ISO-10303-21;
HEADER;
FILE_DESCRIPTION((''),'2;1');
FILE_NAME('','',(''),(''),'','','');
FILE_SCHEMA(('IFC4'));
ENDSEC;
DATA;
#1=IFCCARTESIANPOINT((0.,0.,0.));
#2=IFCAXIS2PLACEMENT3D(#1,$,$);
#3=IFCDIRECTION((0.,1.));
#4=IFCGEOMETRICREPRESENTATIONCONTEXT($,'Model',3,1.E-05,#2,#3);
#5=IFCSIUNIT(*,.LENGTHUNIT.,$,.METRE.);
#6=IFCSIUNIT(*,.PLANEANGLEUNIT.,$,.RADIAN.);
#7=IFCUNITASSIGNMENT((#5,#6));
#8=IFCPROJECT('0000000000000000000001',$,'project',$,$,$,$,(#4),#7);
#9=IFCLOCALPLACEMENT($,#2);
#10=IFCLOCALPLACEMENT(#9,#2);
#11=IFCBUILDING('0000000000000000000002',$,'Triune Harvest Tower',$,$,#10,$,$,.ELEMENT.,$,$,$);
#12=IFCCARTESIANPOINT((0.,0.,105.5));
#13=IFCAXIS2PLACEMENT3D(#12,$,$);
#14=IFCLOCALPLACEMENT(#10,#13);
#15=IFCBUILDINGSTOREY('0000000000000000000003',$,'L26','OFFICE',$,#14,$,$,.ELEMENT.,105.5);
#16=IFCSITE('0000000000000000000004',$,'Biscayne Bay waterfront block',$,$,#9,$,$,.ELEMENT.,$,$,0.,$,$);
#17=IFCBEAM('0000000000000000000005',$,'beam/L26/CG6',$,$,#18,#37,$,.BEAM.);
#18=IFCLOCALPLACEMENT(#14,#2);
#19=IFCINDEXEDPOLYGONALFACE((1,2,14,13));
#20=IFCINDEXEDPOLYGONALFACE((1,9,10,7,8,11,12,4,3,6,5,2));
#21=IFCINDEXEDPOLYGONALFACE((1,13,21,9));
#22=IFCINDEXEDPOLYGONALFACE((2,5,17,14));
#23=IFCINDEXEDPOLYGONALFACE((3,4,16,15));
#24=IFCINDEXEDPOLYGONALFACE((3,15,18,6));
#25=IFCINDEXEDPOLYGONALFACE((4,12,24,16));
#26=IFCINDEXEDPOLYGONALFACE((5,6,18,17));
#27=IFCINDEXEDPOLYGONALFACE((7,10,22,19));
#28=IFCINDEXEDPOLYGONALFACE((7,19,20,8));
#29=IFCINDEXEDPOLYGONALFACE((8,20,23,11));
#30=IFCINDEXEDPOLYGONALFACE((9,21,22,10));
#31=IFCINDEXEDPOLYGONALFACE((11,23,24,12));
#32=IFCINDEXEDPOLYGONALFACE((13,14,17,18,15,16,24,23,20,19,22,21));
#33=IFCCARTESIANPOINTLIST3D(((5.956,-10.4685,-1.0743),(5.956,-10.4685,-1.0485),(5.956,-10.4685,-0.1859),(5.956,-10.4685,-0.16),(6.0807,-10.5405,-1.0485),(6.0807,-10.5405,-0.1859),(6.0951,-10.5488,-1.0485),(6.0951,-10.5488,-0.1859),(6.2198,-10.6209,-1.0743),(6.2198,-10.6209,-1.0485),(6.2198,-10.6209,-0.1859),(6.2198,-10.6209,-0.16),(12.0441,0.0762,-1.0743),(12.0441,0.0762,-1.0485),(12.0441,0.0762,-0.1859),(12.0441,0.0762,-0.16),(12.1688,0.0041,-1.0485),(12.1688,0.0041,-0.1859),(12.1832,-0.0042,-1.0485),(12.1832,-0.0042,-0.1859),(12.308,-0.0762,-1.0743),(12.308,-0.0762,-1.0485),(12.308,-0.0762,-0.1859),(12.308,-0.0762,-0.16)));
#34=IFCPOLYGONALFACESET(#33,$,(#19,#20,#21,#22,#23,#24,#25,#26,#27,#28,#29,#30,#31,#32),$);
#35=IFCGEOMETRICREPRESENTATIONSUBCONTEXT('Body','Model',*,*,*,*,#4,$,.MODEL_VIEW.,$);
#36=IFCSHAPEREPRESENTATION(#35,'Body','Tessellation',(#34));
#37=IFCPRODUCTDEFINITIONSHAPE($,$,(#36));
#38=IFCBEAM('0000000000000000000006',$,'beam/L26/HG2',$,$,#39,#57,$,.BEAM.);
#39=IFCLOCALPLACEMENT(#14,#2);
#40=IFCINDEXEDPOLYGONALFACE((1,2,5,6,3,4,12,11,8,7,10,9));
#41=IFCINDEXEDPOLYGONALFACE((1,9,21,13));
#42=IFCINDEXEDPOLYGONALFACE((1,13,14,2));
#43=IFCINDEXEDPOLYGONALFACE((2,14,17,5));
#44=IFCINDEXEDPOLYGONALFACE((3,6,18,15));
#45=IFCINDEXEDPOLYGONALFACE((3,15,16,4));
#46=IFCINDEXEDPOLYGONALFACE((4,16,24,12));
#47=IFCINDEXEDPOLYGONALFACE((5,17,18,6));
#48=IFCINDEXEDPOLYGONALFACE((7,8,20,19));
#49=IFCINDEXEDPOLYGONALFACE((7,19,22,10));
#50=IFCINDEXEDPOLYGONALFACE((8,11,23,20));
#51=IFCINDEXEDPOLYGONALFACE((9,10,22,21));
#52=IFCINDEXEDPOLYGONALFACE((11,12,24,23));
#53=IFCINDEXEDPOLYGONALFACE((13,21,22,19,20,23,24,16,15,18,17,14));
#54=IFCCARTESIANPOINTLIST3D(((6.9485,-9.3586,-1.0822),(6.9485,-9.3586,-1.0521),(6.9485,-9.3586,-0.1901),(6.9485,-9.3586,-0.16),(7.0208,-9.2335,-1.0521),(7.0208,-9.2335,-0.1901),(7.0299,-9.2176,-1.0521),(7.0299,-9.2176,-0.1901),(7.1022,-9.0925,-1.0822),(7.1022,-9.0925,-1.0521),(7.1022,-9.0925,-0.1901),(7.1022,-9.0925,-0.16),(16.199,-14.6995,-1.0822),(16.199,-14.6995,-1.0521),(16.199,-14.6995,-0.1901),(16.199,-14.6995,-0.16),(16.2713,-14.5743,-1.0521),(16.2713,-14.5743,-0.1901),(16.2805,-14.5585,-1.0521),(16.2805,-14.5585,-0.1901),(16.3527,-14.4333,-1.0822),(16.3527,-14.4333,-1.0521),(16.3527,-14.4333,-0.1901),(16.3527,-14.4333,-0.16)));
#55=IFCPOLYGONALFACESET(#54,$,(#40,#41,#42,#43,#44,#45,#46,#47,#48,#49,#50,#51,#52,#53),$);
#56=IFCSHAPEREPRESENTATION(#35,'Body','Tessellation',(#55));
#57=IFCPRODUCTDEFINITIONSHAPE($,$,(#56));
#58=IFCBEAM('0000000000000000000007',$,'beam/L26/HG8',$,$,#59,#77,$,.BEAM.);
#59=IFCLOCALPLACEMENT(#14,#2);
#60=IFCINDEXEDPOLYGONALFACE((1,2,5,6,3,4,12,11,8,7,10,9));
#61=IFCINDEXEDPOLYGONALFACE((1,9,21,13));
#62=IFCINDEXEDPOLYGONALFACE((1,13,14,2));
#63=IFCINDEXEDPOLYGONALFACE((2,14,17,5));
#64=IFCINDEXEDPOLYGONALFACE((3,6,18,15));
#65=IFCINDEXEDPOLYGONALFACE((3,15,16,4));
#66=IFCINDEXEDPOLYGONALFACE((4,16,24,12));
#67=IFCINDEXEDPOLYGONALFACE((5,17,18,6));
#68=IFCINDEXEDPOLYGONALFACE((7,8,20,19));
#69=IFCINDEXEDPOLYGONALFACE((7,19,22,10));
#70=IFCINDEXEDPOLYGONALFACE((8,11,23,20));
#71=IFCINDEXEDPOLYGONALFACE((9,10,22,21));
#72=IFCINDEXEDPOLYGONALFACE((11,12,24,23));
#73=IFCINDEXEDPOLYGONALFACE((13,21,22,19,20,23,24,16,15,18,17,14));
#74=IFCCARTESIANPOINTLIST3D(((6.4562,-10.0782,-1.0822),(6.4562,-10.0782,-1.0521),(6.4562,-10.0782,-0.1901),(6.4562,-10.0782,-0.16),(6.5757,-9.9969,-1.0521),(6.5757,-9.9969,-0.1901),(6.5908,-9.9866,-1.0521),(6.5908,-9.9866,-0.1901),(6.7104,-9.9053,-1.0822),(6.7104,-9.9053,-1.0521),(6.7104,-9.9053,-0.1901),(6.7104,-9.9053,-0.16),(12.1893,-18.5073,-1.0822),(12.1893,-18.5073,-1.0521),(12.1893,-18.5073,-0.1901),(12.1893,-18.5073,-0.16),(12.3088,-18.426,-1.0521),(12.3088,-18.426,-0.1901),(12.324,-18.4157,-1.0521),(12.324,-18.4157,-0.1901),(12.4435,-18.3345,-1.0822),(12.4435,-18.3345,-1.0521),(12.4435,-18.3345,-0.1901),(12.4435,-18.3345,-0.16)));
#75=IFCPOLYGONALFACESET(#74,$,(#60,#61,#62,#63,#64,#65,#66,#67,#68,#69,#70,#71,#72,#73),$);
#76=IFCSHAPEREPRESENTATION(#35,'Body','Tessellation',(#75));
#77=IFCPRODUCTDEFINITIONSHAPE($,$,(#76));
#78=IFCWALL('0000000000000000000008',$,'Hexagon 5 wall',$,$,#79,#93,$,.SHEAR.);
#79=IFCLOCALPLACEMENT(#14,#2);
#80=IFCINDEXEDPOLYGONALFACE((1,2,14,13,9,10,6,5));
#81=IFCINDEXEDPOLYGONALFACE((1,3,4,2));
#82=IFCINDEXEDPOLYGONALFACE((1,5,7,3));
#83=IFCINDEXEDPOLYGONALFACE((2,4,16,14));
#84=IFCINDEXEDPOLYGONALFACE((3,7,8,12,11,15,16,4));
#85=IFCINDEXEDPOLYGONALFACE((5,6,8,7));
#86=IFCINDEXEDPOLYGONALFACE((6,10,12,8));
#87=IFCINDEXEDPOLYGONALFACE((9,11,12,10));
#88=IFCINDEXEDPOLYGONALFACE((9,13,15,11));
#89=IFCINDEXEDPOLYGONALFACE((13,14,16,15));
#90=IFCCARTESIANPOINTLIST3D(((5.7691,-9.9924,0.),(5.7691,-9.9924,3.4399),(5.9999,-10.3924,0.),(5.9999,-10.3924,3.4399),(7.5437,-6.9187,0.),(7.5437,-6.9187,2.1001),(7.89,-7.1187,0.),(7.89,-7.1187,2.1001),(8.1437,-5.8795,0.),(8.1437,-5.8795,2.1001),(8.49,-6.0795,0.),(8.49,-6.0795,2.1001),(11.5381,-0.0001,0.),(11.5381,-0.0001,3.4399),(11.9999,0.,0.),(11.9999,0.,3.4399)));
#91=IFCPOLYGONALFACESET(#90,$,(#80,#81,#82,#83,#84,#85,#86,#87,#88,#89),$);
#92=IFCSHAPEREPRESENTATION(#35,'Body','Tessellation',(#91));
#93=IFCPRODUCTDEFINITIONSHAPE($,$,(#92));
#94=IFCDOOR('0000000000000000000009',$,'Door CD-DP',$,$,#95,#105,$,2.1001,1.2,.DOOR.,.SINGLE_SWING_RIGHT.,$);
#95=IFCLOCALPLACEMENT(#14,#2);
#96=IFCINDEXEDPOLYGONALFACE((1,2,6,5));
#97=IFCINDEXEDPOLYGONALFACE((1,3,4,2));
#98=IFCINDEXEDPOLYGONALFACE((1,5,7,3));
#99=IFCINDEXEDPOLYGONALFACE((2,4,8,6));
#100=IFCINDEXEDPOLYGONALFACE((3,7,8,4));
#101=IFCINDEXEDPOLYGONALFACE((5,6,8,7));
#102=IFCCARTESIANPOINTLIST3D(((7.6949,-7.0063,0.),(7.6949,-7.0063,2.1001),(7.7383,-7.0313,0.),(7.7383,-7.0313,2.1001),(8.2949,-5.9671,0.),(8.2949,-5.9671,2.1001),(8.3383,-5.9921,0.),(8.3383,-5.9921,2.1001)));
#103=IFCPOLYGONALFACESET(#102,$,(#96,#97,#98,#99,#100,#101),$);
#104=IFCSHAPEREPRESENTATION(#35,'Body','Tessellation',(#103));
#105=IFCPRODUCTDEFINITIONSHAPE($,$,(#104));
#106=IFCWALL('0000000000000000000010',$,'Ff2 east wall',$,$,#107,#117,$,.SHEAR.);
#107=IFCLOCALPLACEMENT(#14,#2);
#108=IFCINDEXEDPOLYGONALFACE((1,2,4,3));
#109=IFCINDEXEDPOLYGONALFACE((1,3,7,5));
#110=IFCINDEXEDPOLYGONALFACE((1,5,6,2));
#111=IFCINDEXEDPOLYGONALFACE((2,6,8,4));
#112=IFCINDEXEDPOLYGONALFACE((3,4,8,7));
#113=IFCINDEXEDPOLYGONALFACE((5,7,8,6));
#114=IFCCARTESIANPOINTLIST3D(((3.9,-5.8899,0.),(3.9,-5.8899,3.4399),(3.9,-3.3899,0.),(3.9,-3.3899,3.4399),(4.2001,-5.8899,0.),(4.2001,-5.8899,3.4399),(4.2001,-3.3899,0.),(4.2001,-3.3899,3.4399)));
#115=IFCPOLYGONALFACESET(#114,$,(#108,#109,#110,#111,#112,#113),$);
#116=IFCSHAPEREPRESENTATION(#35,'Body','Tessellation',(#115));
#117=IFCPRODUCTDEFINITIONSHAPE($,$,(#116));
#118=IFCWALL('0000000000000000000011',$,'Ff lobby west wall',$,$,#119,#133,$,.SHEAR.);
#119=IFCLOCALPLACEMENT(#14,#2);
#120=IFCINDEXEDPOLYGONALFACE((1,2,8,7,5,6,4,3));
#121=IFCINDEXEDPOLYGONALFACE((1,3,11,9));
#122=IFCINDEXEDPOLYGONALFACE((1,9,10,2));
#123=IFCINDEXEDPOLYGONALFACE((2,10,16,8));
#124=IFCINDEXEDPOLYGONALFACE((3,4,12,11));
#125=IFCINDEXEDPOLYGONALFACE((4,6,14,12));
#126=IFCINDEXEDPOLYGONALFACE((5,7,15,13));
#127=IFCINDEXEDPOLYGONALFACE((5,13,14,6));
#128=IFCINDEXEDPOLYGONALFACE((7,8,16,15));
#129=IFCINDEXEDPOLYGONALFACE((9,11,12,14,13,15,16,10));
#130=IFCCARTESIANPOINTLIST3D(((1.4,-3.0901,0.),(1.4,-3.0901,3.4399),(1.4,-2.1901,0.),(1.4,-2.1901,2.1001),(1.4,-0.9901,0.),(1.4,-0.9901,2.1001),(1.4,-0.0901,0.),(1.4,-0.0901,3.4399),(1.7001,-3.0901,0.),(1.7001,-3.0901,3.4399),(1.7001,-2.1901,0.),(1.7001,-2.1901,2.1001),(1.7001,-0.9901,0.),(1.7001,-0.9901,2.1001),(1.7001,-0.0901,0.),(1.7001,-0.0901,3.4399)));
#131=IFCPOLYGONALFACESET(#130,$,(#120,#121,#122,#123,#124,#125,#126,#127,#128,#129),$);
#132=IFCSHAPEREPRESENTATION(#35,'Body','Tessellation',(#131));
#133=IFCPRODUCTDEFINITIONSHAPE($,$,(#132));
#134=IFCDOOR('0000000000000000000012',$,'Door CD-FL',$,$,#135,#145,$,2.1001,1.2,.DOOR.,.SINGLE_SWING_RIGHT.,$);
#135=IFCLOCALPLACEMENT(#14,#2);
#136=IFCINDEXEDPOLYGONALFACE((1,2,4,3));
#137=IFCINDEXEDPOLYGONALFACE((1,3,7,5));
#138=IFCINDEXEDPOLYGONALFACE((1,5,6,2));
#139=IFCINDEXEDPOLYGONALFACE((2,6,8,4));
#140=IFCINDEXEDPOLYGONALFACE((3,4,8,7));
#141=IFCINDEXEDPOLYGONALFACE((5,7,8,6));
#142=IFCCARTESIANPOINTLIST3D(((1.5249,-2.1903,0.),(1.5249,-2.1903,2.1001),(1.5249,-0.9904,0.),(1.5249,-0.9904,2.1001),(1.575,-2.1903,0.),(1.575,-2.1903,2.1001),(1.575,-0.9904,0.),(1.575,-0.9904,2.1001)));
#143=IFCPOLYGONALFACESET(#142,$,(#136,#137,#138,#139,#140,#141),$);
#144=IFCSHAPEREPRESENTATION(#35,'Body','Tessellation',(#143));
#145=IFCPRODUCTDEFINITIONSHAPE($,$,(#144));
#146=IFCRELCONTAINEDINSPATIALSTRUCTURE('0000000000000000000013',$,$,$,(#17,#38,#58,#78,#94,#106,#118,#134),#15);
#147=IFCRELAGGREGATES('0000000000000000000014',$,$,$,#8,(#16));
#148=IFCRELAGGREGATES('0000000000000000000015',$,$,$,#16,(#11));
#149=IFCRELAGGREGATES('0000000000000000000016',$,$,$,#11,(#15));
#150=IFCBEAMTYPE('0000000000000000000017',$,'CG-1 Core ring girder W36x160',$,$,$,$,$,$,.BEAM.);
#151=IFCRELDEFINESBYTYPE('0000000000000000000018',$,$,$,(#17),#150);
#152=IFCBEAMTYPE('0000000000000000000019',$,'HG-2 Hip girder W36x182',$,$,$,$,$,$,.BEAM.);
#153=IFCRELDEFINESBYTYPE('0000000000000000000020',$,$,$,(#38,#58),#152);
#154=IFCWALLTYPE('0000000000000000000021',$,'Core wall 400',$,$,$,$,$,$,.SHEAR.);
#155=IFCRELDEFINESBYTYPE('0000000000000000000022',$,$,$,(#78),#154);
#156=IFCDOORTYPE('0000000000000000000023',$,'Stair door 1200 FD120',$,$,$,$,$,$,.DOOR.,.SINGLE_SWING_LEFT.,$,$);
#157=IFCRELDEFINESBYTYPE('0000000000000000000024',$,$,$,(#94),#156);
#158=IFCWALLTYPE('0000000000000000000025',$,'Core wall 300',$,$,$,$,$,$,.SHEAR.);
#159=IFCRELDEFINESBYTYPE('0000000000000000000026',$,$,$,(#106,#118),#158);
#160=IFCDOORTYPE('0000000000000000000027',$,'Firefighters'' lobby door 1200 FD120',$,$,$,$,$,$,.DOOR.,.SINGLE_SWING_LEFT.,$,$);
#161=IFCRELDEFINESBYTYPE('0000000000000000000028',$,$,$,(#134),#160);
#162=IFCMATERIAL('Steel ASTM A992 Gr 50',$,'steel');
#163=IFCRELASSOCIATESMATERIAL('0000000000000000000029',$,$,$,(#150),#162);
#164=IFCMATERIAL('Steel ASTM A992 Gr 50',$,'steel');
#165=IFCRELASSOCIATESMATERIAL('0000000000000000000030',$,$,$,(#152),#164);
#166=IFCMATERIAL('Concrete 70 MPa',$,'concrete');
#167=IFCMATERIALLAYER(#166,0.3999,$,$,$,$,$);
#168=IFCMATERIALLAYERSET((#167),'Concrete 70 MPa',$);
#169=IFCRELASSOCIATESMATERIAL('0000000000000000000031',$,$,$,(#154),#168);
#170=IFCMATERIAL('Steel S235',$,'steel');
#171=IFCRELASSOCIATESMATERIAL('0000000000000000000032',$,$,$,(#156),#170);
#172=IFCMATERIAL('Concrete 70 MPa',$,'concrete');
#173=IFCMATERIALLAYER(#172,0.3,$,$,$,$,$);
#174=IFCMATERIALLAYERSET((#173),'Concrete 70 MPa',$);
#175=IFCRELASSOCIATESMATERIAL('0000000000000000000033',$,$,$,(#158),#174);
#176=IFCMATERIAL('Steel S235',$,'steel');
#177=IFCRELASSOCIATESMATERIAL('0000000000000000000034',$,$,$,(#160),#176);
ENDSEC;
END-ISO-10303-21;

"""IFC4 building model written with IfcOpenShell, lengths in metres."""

from ifc_helpers import new_model, si_unit, direction, frame, frame_2d, origin, origin_2d, place, context, subcontext, project, spatial, polyline, rectangle, i_section, outline, extrude, source, transform, mapped, material, layer, layer_set, material_profile, profile_set, type_object, element, fill, save


model = new_model("IFC4")

# Units and contexts
model_context = context("Model", 3, precision=1e-05, world=origin(), true_north=direction((0.0, 1.0)))
body_context = subcontext(model_context, "Body", "Model", "MODEL_VIEW")
ifc_project = project(units=[si_unit("LENGTHUNIT", "METRE"), si_unit("PLANEANGLEUNIT", "RADIAN")], contexts=[model_context])

# Site, building, storey
site_placement = place(None, origin())
site = spatial("IfcSite", under=ifc_project, at=site_placement, Name="Biscayne Bay waterfront block", CompositionType="ELEMENT", RefElevation=0.0)
building_placement = place(site_placement, origin())
building = spatial("IfcBuilding", under=site, at=building_placement, Name="Triune Harvest Tower", CompositionType="ELEMENT")
storey_placement = place(building_placement, frame((0.0, 0.0, 105.5)))
storey = spatial("IfcBuildingStorey", under=building, at=storey_placement, Name="L26", Description="OFFICE", CompositionType="ELEMENT", Elevation=105.5)

# Beams
ifc_material_1 = material(Name="Steel ASTM A992 Gr 50", Category="steel")
ifc_material_profile_1 = material_profile(ifc_material_1, i_section(OverallWidth=0.3047, OverallDepth=0.9143, WebThickness=0.0166, FlangeThickness=0.0259, at=origin_2d()), Name="W36x160")
ifc_profile_set_1 = profile_set([ifc_material_profile_1], Name="Steel ASTM A992 Gr 50")
beam_type_1 = type_object("IfcBeamType", Name="CG-1 Core ring girder W36x160", PredefinedType="BEAM", material=ifc_profile_set_1)
shared_shape_1 = source(origin(), body_context, "Body", "SweptSolid", [
    extrude(i_section(OverallWidth=0.3047, OverallDepth=0.9143, WebThickness=0.0166, FlangeThickness=0.0259, at=origin_2d()), origin(), (0.0, 0.0, 1.0), 12.176),
])
beam_1_placement = place(storey_placement, frame((6.0879, -10.5447, -0.6172), z_axis=(0.50001, 0.86602, 0.0), x_axis=(-0.86602, 0.50001, 0.0)))
element("IfcBeam", 1, at=beam_1_placement, inside=storey, type_object=beam_type_1, Name="beam/L26/CG6", PredefinedType="BEAM", context=body_context, shape_type="MappedRepresentation", body=[
    mapped(shared_shape_1, transform((0.0, 0.0, 0.0), scale=1.0)),
])
ifc_material_2 = material(Name="Steel ASTM A992 Gr 50", Category="steel")
ifc_material_profile_2 = material_profile(ifc_material_2, i_section(OverallWidth=0.3074, OverallDepth=0.9221, WebThickness=0.0183, FlangeThickness=0.03, at=origin_2d()), Name="W36x182")
ifc_profile_set_2 = profile_set([ifc_material_profile_2], Name="Steel ASTM A992 Gr 50")
beam_type_2 = type_object("IfcBeamType", Name="HG-2 Hip girder W36x182", PredefinedType="BEAM", material=ifc_profile_set_2)
shared_shape_2 = source(origin(), body_context, "Body", "SweptSolid", [
    extrude(i_section(OverallWidth=0.3074, OverallDepth=0.9221, WebThickness=0.0183, FlangeThickness=0.03, at=origin_2d()), origin(), (0.0, 0.0, 1.0), 10.6816),
])
beam_2_placement = place(storey_placement, frame((16.2759, -14.5664, -0.6211), z_axis=(-0.866023, 0.500003, 0.0), x_axis=(-0.500003, -0.866023, 0.0)))
element("IfcBeam", 2, at=beam_2_placement, inside=storey, type_object=beam_type_2, Name="beam/L26/HG2", PredefinedType="BEAM", context=body_context, shape_type="MappedRepresentation", body=[
    mapped(shared_shape_2, transform((0.0, 0.0, 0.0), scale=1.0)),
])
shared_shape_3 = source(origin(), body_context, "Body", "SweptSolid", [
    extrude(i_section(OverallWidth=0.3074, OverallDepth=0.9221, WebThickness=0.0183, FlangeThickness=0.03, at=origin_2d()), origin(), (0.0, 0.0, 1.0), 10.1941),
])
beam_3_placement = place(storey_placement, frame((12.3164, -18.4209, -0.6211), z_axis=(-0.562397, 0.826867, 0.0), x_axis=(-0.826867, -0.562397, 0.0)))
element("IfcBeam", 3, at=beam_3_placement, inside=storey, type_object=beam_type_2, Name="beam/L26/HG8", PredefinedType="BEAM", context=body_context, shape_type="MappedRepresentation", body=[
    mapped(shared_shape_3, transform((0.0, 0.0, 0.0), scale=1.0)),
])

# Wall, opening, door
ifc_material_3 = material(Name="Concrete 70 MPa", Category="concrete")
ifc_layer_1 = layer(ifc_material_3, 0.3999)
ifc_layer_set_1 = layer_set([ifc_layer_1], Name="Concrete 70 MPa")
wall_type_1 = type_object("IfcWallType", Name="Core wall 400", PredefinedType="SHEAR", material=ifc_layer_set_1)
shared_shape_4 = source(origin(), body_context, "Body", "SweptSolid", [
    extrude(outline(polyline([(-0.1155, -0.2), (11.8845, -0.2), (11.6536, 0.2), (0.1155, 0.2), (-0.1155, -0.2)])), origin(), (0.0, 0.0, 1.0), 3.4399),
])
wall_1_placement = place(storey_placement, frame((5.8845, -10.1924, 0.0), z_axis=(0.0, 0.0, 1.0), x_axis=(0.499997, 0.866027, 0.0)))
wall_1 = element("IfcWall", 4, at=wall_1_placement, inside=storey, type_object=wall_type_1, Name="Hexagon 5 wall", PredefinedType="SHEAR", context=body_context, shape_type="MappedRepresentation", body=[
    mapped(shared_shape_4, transform((0.0, 0.0, 0.0), scale=1.0)),
])
opening_1_placement = place(wall_1_placement, frame((3.6646, 0.0, 0.0)))
opening_1 = element("IfcOpeningElement", 5, at=opening_1_placement, cuts=wall_1, PredefinedType="OPENING", context=body_context, shape_type="SweptSolid", body=[
    extrude(rectangle(XDim=1.2, YDim=2.1001, at=frame_2d((0.6001, 1.05))), frame((0.0, 0.21, 0.0), z_axis=(0.0, -1.0, 0.0), x_axis=(1.0, 0.0, 0.0)), (0.0, 0.0, 1.0), 0.4199),
])
ifc_material_4 = material(Name="Steel S235", Category="steel")
door_type_1 = type_object("IfcDoorType", Name="Stair door 1200 FD120", OperationType="SINGLE_SWING_LEFT", PredefinedType="DOOR", material=ifc_material_4)
door_1_placement = place(opening_1_placement, frame((1.2, 0.0, 0.0), z_axis=(0.0, 0.0, 1.0), x_axis=(-1.0, 0.0, 0.0)))
door_1 = element("IfcDoor", 6, at=door_1_placement, inside=storey, type_object=door_type_1, Name="Door CD-DP", OperationType="SINGLE_SWING_RIGHT", OverallHeight=2.1001, OverallWidth=1.2, PredefinedType="DOOR", context=body_context, shape_type="SweptSolid", body=[
    extrude(rectangle(XDim=1.2, YDim=2.1001, at=frame_2d((0.6001, 1.05))), frame((0.0, 0.0249, 0.0), z_axis=(0.0, -1.0, 0.0), x_axis=(1.0, 0.0, 0.0)), (0.0, 0.0, 1.0), 0.05),
])
fill(opening_1, door_1)

# Wall
ifc_material_5 = material(Name="Concrete 70 MPa", Category="concrete")
ifc_layer_2 = layer(ifc_material_5, 0.3)
ifc_layer_set_2 = layer_set([ifc_layer_2], Name="Concrete 70 MPa")
wall_type_2 = type_object("IfcWallType", Name="Core wall 300", PredefinedType="SHEAR", material=ifc_layer_set_2)
shared_shape_5 = source(origin(), body_context, "Body", "SweptSolid", [
    extrude(rectangle(XDim=2.5, YDim=0.3, at=frame_2d((1.25, 0.0))), origin(), (0.0, 0.0, 1.0), 3.4399),
])
wall_2_placement = place(storey_placement, frame((4.05, -5.8899, 0.0), z_axis=(0.0, 0.0, 1.0), x_axis=(0.0, 1.0, 0.0)))
element("IfcWall", 7, at=wall_2_placement, inside=storey, type_object=wall_type_2, Name="Ff2 east wall", PredefinedType="SHEAR", context=body_context, shape_type="MappedRepresentation", body=[
    mapped(shared_shape_5, transform((0.0, 0.0, 0.0), scale=1.0)),
])

# Wall, opening, door
shared_shape_6 = source(origin(), body_context, "Body", "SweptSolid", [
    extrude(rectangle(XDim=3.0, YDim=0.3, at=frame_2d((1.5, 0.0))), origin(), (0.0, 0.0, 1.0), 3.4399),
])
wall_3_placement = place(storey_placement, frame((1.55, -3.0901, 0.0), z_axis=(0.0, 0.0, 1.0), x_axis=(0.0, 1.0, 0.0)))
wall_3 = element("IfcWall", 8, at=wall_3_placement, inside=storey, type_object=wall_type_2, Name="Ff lobby west wall", PredefinedType="SHEAR", context=body_context, shape_type="MappedRepresentation", body=[
    mapped(shared_shape_6, transform((0.0, 0.0, 0.0), scale=1.0)),
])
opening_2_placement = place(wall_3_placement, frame((0.8999, 0.0, 0.0)))
opening_2 = element("IfcOpeningElement", 9, at=opening_2_placement, cuts=wall_3, PredefinedType="OPENING", context=body_context, shape_type="SweptSolid", body=[
    extrude(rectangle(XDim=1.2, YDim=2.1001, at=frame_2d((0.6001, 1.05))), frame((0.0, 0.1602, 0.0), z_axis=(0.0, -1.0, 0.0), x_axis=(1.0, 0.0, 0.0)), (0.0, 0.0, 1.0), 0.3201),
])
ifc_material_6 = material(Name="Steel S235", Category="steel")
door_type_2 = type_object("IfcDoorType", Name="Firefighters' lobby door 1200 FD120", OperationType="SINGLE_SWING_LEFT", PredefinedType="DOOR", material=ifc_material_6)
door_2_placement = place(opening_2_placement, frame((1.2, 0.0, 0.0), z_axis=(0.0, 0.0, 1.0), x_axis=(-1.0, 0.0, 0.0)))
door_2 = element("IfcDoor", 10, at=door_2_placement, inside=storey, type_object=door_type_2, Name="Door CD-FL", OperationType="SINGLE_SWING_RIGHT", OverallHeight=2.1001, OverallWidth=1.2, PredefinedType="DOOR", context=body_context, shape_type="SweptSolid", body=[
    extrude(rectangle(XDim=1.2, YDim=2.1001, at=frame_2d((0.6001, 1.05))), frame((0.0, 0.0249, 0.0), z_axis=(0.0, -1.0, 0.0), x_axis=(1.0, 0.0, 0.0)), (0.0, 0.0, 1.0), 0.05),
])
fill(opening_2, door_2)

save(model, "model.ifc")
